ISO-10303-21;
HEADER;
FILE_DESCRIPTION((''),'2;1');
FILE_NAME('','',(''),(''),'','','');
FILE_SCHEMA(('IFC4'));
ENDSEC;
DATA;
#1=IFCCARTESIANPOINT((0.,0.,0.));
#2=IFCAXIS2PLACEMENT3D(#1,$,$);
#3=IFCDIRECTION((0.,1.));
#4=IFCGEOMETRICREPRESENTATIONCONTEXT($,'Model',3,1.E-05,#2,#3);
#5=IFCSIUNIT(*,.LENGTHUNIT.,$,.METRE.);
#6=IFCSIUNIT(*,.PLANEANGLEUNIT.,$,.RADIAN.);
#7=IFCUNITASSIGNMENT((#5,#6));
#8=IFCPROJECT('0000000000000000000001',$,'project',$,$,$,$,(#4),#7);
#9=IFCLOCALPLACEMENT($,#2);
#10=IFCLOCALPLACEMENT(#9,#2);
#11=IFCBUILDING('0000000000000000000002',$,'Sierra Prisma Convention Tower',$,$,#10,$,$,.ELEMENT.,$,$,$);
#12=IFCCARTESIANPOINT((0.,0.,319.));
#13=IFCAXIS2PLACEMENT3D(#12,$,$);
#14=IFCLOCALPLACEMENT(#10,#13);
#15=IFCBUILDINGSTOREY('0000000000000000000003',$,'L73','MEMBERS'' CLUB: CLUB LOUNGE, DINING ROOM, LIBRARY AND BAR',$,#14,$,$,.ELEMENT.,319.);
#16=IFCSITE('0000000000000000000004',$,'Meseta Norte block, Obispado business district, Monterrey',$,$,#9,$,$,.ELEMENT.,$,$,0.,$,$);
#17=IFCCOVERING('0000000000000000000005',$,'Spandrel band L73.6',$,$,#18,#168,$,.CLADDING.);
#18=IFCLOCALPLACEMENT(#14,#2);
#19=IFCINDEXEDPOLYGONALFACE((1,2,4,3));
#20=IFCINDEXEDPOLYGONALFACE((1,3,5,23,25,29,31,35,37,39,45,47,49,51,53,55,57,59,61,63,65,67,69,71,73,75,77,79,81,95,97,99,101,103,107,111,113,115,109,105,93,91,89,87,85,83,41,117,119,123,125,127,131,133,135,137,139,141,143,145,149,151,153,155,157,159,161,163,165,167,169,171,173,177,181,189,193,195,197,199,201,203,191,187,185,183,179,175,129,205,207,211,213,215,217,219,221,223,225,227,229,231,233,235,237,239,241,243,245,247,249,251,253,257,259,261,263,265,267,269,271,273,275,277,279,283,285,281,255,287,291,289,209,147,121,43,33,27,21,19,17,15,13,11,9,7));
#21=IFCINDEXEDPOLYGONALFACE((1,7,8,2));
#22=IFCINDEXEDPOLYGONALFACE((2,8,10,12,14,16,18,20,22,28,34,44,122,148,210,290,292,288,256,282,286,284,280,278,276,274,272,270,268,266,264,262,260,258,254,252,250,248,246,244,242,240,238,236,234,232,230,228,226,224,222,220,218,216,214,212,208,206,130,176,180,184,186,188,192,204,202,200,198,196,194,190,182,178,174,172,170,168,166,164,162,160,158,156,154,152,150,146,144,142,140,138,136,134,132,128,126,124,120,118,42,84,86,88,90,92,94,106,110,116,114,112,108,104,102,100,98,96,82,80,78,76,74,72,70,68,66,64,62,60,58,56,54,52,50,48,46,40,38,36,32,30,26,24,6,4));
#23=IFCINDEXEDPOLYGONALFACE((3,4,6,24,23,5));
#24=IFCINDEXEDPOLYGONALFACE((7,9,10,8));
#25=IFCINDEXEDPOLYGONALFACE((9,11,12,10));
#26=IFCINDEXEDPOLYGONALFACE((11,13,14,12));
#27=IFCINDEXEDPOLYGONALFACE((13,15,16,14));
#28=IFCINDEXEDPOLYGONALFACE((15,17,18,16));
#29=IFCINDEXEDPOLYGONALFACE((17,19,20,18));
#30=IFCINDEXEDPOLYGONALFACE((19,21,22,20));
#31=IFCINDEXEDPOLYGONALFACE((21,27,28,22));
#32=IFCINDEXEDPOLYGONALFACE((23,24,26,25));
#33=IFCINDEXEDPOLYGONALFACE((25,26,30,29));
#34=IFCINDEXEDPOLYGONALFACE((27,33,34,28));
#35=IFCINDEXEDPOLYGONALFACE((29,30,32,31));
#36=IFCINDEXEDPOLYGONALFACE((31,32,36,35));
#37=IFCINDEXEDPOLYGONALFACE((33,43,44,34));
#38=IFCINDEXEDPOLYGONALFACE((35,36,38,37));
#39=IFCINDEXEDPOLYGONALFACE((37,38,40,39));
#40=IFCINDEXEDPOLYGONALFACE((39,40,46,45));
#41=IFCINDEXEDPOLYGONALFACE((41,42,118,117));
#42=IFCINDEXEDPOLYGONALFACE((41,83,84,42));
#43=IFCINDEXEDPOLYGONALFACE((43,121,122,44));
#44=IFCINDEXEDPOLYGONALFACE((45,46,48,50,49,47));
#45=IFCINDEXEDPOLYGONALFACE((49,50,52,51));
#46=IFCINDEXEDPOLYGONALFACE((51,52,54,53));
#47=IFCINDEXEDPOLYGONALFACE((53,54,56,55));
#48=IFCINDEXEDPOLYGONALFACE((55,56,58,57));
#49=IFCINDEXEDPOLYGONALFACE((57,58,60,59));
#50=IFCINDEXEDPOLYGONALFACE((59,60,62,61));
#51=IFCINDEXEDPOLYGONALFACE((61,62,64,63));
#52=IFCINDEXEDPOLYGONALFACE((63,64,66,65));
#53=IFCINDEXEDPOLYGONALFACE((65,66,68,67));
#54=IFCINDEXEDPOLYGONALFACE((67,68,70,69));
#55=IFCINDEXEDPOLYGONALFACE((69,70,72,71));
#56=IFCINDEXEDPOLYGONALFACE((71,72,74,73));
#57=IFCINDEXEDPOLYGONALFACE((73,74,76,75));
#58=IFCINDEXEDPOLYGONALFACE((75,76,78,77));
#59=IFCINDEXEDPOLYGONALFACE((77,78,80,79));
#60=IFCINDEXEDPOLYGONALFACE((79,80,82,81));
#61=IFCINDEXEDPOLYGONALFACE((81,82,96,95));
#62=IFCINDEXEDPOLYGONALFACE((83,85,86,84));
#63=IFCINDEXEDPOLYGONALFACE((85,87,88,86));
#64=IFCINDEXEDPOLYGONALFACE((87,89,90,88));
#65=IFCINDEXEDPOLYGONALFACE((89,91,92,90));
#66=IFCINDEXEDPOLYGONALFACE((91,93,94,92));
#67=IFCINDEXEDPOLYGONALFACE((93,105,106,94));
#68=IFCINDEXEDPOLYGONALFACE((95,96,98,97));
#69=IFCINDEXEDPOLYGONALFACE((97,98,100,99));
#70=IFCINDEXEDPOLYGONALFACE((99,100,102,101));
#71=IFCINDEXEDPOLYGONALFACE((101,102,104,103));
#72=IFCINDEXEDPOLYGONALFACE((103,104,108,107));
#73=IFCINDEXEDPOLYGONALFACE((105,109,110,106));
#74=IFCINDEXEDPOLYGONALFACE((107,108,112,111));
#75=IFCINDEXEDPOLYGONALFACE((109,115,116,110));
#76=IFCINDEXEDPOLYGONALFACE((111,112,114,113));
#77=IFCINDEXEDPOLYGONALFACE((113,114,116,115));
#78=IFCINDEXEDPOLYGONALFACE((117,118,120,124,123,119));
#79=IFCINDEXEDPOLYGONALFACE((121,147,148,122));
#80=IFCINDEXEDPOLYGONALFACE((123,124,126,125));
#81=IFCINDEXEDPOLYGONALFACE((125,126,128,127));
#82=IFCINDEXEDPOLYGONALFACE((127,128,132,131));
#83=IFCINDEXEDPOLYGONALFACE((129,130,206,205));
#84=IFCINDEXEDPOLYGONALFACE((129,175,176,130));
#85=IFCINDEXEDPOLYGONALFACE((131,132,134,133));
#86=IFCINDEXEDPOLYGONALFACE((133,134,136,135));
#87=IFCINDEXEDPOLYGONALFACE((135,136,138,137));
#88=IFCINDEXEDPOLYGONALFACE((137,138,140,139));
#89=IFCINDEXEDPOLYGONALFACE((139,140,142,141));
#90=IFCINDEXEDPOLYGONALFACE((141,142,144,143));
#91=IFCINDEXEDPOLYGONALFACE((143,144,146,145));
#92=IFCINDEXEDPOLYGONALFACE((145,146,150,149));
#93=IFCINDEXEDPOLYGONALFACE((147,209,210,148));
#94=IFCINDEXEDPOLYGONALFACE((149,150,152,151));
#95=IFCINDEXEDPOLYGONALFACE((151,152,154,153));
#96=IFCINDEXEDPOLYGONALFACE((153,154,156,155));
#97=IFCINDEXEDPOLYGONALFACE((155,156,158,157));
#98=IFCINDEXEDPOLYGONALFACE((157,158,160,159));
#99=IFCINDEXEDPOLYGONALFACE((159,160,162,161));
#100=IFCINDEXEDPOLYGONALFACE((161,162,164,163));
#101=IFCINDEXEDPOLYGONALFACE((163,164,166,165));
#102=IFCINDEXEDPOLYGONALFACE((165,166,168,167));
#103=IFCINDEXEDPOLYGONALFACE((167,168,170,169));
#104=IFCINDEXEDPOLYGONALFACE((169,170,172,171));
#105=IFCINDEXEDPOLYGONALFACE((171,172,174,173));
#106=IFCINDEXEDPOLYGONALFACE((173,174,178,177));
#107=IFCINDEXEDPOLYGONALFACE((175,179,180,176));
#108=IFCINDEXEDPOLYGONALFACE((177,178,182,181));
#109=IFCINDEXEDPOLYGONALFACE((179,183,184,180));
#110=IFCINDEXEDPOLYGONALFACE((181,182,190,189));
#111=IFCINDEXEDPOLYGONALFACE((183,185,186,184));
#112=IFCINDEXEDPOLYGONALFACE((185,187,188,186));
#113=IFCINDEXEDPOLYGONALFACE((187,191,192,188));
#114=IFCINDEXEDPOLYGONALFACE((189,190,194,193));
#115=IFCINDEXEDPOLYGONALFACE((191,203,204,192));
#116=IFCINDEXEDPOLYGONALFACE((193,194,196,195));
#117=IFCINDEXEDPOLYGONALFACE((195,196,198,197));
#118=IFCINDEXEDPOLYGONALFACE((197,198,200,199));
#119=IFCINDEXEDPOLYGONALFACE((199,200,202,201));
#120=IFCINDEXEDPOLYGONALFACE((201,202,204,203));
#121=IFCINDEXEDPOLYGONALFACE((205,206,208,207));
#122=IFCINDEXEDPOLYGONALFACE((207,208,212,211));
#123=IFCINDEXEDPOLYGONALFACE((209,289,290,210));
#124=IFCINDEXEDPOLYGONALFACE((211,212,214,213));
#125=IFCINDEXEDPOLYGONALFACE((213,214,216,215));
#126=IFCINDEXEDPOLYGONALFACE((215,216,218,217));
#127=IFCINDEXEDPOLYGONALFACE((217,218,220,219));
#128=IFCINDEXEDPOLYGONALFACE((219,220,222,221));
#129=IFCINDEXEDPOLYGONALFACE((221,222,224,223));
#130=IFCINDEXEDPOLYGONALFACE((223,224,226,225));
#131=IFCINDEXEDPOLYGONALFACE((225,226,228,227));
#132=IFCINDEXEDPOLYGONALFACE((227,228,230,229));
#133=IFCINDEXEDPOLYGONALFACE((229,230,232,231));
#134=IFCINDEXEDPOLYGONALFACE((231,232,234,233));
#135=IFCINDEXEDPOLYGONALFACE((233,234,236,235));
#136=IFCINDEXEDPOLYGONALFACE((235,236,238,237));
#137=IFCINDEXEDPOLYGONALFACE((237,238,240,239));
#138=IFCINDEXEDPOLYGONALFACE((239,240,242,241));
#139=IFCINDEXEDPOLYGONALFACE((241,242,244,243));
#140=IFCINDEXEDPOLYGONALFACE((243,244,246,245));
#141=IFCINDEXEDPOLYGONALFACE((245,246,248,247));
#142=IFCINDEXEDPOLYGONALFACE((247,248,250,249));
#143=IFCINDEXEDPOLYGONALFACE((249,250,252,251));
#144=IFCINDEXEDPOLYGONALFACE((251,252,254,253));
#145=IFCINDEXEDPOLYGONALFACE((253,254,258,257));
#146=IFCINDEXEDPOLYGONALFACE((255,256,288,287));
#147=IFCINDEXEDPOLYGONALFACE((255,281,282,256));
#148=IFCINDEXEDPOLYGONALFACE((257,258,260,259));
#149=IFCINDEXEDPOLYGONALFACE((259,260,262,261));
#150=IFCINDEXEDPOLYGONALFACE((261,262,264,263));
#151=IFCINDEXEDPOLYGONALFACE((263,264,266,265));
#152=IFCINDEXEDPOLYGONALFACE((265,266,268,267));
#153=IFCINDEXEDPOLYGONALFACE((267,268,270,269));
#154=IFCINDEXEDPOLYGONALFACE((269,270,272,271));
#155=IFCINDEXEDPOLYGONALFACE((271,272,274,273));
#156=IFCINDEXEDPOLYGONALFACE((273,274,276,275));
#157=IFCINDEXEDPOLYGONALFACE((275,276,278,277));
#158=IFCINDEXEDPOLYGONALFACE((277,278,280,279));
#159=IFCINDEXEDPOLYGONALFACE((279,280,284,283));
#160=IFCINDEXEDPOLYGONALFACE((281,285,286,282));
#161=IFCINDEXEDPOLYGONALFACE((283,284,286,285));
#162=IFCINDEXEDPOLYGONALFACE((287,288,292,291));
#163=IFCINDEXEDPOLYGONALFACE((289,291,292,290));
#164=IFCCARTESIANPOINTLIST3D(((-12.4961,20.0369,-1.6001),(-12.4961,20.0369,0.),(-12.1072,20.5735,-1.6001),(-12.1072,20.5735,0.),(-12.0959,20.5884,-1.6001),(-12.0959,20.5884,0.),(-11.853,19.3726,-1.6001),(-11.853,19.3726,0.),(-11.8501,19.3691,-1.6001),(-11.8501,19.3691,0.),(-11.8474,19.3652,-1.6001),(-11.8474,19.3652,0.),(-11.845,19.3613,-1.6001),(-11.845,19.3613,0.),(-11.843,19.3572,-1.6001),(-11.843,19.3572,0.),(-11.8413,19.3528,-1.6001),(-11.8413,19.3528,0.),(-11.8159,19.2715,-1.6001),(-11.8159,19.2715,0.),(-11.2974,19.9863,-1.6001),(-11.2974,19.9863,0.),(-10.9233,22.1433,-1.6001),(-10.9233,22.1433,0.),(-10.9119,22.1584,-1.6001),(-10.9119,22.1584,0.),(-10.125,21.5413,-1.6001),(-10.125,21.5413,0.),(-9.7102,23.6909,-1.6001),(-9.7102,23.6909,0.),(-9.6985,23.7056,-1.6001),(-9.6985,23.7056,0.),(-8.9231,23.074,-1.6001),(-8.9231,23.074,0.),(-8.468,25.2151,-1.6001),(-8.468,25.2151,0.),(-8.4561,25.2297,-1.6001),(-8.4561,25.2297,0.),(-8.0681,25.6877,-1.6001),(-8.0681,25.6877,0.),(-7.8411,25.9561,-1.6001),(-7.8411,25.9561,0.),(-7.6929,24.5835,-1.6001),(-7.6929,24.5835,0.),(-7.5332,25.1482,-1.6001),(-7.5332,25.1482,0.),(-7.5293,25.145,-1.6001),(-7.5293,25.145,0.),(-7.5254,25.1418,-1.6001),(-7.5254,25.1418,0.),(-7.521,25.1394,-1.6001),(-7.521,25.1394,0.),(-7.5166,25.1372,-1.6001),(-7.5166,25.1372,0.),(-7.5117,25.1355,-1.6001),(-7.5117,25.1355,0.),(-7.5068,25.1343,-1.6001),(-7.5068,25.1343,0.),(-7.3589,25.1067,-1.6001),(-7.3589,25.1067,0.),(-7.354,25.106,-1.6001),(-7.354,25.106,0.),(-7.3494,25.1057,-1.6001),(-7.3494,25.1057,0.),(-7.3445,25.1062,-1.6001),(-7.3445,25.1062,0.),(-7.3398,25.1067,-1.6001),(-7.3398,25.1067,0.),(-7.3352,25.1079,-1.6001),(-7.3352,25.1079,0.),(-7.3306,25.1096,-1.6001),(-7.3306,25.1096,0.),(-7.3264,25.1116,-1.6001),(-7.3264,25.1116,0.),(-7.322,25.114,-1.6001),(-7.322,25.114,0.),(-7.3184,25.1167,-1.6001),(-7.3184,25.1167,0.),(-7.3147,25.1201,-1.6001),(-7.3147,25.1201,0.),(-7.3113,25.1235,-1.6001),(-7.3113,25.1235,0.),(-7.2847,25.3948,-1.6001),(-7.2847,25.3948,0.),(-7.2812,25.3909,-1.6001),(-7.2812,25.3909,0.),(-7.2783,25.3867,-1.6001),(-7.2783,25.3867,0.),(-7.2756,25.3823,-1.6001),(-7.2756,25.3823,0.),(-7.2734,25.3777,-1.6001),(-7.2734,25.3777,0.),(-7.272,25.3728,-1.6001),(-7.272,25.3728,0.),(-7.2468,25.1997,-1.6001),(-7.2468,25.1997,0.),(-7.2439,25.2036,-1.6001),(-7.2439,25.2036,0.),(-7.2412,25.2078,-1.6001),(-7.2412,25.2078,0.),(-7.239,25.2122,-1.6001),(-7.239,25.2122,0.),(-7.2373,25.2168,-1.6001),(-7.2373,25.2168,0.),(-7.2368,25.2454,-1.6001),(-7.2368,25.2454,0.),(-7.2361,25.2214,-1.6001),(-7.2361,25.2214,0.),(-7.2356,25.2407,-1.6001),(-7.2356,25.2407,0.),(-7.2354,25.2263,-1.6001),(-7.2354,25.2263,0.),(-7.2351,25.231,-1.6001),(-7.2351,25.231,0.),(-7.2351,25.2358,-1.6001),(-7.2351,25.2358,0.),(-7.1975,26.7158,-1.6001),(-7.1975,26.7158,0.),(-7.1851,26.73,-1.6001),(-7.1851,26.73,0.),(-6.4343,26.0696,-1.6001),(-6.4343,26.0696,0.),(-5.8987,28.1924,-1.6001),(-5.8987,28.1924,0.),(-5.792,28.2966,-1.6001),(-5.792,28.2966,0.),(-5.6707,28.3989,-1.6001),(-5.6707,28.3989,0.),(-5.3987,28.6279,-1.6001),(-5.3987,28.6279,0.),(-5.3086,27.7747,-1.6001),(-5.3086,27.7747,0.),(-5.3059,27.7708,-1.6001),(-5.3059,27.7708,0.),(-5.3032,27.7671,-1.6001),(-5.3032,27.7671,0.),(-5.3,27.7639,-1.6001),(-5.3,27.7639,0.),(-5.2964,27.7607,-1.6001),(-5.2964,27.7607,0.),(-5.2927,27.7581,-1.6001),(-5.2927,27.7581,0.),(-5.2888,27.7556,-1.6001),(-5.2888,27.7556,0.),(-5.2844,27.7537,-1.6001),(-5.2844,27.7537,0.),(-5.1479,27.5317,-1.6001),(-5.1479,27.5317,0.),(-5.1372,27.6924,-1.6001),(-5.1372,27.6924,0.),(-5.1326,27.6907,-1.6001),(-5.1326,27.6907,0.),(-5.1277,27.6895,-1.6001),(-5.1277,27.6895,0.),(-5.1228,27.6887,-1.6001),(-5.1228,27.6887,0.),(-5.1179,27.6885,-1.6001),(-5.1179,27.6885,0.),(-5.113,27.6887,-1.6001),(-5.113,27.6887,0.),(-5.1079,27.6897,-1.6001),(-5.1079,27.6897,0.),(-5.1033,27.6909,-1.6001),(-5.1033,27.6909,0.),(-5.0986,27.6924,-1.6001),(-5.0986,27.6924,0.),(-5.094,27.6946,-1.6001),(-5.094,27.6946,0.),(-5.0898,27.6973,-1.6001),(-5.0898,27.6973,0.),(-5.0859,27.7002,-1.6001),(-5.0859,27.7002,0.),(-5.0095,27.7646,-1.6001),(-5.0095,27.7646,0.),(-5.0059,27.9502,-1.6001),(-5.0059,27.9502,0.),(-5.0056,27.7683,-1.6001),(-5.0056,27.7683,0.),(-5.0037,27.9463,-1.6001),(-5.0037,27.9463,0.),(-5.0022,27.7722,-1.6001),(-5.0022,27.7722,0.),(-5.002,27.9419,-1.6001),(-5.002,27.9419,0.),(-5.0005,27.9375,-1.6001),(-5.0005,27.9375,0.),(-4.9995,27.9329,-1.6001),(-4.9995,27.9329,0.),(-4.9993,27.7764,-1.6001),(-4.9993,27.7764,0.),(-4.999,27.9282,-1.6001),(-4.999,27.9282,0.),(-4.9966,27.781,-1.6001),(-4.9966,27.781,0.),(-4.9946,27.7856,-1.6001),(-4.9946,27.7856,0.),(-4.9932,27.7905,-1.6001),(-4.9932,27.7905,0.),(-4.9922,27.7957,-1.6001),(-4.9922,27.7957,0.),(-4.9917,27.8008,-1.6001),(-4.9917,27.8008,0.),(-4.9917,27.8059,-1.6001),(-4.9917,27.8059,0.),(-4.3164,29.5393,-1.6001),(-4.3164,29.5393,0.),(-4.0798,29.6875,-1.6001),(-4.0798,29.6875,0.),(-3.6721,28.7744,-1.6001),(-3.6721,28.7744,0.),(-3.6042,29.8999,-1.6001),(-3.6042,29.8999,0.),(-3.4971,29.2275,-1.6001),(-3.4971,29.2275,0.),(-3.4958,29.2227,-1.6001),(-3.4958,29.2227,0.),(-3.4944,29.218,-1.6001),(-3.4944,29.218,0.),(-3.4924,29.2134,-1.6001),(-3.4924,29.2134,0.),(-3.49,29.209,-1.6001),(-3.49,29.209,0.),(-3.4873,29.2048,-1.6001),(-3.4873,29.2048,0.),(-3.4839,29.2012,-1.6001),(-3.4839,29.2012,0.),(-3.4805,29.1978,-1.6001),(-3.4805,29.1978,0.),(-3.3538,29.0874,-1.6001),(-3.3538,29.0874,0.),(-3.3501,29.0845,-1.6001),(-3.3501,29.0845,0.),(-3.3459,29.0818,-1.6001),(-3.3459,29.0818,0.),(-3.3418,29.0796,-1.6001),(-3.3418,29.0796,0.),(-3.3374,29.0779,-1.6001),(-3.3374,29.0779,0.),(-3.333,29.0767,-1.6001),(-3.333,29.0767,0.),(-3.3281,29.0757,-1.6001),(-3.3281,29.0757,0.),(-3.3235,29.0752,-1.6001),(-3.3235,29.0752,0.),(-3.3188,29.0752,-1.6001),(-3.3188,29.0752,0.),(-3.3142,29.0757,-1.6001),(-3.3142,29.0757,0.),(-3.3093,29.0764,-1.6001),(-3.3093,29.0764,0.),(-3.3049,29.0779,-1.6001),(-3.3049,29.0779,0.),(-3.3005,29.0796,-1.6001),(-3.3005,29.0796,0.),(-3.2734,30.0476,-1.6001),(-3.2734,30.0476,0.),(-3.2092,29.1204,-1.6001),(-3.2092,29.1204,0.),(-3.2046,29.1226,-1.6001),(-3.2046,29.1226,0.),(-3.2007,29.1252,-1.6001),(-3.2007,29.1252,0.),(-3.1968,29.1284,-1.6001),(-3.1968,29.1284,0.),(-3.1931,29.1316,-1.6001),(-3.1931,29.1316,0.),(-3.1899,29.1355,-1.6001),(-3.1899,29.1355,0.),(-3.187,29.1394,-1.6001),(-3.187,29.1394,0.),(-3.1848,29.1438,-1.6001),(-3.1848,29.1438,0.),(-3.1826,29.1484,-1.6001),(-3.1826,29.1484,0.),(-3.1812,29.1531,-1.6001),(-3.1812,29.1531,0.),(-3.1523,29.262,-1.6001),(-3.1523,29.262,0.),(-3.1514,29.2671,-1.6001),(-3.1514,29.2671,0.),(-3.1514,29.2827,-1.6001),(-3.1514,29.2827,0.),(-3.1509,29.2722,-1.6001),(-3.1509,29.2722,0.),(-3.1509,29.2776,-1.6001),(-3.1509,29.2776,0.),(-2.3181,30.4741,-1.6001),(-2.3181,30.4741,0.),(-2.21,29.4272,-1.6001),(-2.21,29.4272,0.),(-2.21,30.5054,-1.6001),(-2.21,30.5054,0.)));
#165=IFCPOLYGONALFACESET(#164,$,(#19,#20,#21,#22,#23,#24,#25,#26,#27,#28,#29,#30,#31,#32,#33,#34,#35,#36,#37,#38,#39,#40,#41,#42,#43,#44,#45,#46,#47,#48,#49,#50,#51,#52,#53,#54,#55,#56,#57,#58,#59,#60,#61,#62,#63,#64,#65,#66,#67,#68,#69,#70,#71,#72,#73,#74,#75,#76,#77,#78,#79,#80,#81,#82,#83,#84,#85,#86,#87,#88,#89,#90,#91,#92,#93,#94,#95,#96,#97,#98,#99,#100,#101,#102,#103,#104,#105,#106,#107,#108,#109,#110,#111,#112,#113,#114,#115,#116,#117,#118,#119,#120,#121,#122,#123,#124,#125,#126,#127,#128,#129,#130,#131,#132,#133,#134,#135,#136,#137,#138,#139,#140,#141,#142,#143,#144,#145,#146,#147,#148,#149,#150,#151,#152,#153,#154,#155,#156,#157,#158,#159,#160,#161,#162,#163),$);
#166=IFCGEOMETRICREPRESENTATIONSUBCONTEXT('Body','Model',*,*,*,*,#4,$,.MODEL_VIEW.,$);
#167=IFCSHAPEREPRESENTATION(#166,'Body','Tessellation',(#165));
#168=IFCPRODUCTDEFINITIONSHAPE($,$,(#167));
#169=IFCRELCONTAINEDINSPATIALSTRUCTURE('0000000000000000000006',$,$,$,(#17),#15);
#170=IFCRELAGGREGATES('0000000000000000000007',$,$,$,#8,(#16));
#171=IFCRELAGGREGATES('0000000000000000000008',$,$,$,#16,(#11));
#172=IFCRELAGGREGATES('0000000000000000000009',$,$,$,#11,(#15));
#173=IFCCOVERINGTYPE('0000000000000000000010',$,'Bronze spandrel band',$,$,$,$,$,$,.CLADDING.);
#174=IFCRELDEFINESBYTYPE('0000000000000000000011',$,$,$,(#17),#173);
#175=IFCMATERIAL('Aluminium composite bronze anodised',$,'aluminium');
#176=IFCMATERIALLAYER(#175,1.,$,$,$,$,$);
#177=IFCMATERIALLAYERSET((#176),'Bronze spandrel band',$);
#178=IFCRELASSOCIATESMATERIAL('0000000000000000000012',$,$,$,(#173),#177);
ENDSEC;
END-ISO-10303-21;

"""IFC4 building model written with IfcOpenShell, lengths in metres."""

from ifc_helpers import new_model, si_unit, direction, frame, origin, place, context, subcontext, project, spatial, polyline, outline, extrude, material, layer, layer_set, type_object, element, save


model = new_model("IFC4")

# Units and contexts
model_context = context("Model", 3, precision=1e-05, world=origin(), true_north=direction((0.0, 1.0)))
body_context = subcontext(model_context, "Body", "Model", "MODEL_VIEW")
ifc_project = project(units=[si_unit("LENGTHUNIT", "METRE"), si_unit("PLANEANGLEUNIT", "RADIAN")], contexts=[model_context])

# Site, building, storey
site_placement = place(None, origin())
site = spatial("IfcSite", under=ifc_project, at=site_placement, Name="Meseta Norte block, Obispado business district, Monterrey", CompositionType="ELEMENT", RefElevation=0.0)
building_placement = place(site_placement, origin())
building = spatial("IfcBuilding", under=site, at=building_placement, Name="Sierra Prisma Convention Tower", CompositionType="ELEMENT")
storey_placement = place(building_placement, frame((0.0, 0.0, 319.0)))
storey = spatial("IfcBuildingStorey", under=building, at=storey_placement, Name="L73", Description="MEMBERS' CLUB: CLUB LOUNGE, DINING ROOM, LIBRARY AND BAR", CompositionType="ELEMENT", Elevation=319.0)

# Covering
ifc_material_1 = material(Name="Aluminium composite bronze anodised", Category="aluminium")
ifc_layer_1 = layer(ifc_material_1, 1.0)
ifc_layer_set_1 = layer_set([ifc_layer_1], Name="Bronze spandrel band")
covering_type = type_object("IfcCoveringType", Name="Bronze spandrel band", PredefinedType="CLADDING", material=ifc_layer_set_1)
covering_1_placement = place(storey_placement, frame((0.0, 0.0, -1.6001)))
element("IfcCovering", 1, at=covering_1_placement, inside=storey, type_object=covering_type, Name="Spandrel band L73.6", PredefinedType="CLADDING", context=body_context, shape_type="SweptSolid", body=[
    extrude(outline(polyline([(-8.468, 25.2151), (-8.4561, 25.2297), (-8.0681, 25.6877), (-7.5332, 25.1482), (-7.5293, 25.145), (-7.5254, 25.1418), (-7.521, 25.1394), (-7.5166, 25.1372), (-7.5117, 25.1355), (-7.5068, 25.1343), (-7.3589, 25.1067), (-7.354, 25.106), (-7.3494, 25.1057), (-7.3445, 25.1062), (-7.3398, 25.1067), (-7.3352, 25.1079), (-7.3306, 25.1096), (-7.3264, 25.1116), (-7.322, 25.114), (-7.3184, 25.1167), (-7.3147, 25.1201), (-7.3113, 25.1235), (-7.2468, 25.1997), (-7.2439, 25.2036), (-7.2412, 25.2078), (-7.239, 25.2122), (-7.2373, 25.2168), (-7.2361, 25.2214), (-7.2354, 25.2263), (-7.2351, 25.231), (-7.2351, 25.2358), (-7.2356, 25.2407), (-7.2368, 25.2454), (-7.272, 25.3728), (-7.2734, 25.3777), (-7.2756, 25.3823), (-7.2783, 25.3867), (-7.2812, 25.3909), (-7.2847, 25.3948), (-7.8411, 25.9561), (-7.1975, 26.7158), (-7.1851, 26.73), (-5.8987, 28.1924), (-5.792, 28.2966), (-5.6707, 28.3989), (-5.3086, 27.7747), (-5.3059, 27.7708), (-5.3032, 27.7671), (-5.3, 27.7639), (-5.2964, 27.7607), (-5.2927, 27.7581), (-5.2888, 27.7556), (-5.2844, 27.7537), (-5.1372, 27.6924), (-5.1326, 27.6907), (-5.1277, 27.6895), (-5.1228, 27.6887), (-5.1179, 27.6885), (-5.113, 27.6887), (-5.1079, 27.6897), (-5.1033, 27.6909), (-5.0986, 27.6924), (-5.094, 27.6946), (-5.0898, 27.6973), (-5.0859, 27.7002), (-5.0095, 27.7646), (-5.0056, 27.7683), (-5.0022, 27.7722), (-4.9993, 27.7764), (-4.9966, 27.781), (-4.9946, 27.7856), (-4.9932, 27.7905), (-4.9922, 27.7957), (-4.9917, 27.8008), (-4.9917, 27.8059), (-4.999, 27.9282), (-4.9995, 27.9329), (-5.0005, 27.9375), (-5.002, 27.9419), (-5.0037, 27.9463), (-5.0059, 27.9502), (-5.3987, 28.6279), (-4.3164, 29.5393), (-4.0798, 29.6875), (-3.6042, 29.8999), (-3.4971, 29.2275), (-3.4958, 29.2227), (-3.4944, 29.218), (-3.4924, 29.2134), (-3.49, 29.209), (-3.4873, 29.2048), (-3.4839, 29.2012), (-3.4805, 29.1978), (-3.3538, 29.0874), (-3.3501, 29.0845), (-3.3459, 29.0818), (-3.3418, 29.0796), (-3.3374, 29.0779), (-3.333, 29.0767), (-3.3281, 29.0757), (-3.3235, 29.0752), (-3.3188, 29.0752), (-3.3142, 29.0757), (-3.3093, 29.0764), (-3.3049, 29.0779), (-3.3005, 29.0796), (-3.2092, 29.1204), (-3.2046, 29.1226), (-3.2007, 29.1252), (-3.1968, 29.1284), (-3.1931, 29.1316), (-3.1899, 29.1355), (-3.187, 29.1394), (-3.1848, 29.1438), (-3.1826, 29.1484), (-3.1812, 29.1531), (-3.1523, 29.262), (-3.1514, 29.2671), (-3.1509, 29.2722), (-3.1509, 29.2776), (-3.1514, 29.2827), (-3.2734, 30.0476), (-2.3181, 30.4741), (-2.21, 30.5054), (-2.21, 29.4272), (-3.6721, 28.7744), (-5.1479, 27.5317), (-6.4343, 26.0696), (-7.6929, 24.5835), (-8.9231, 23.074), (-10.125, 21.5413), (-11.2974, 19.9863), (-11.8159, 19.2715), (-11.8413, 19.3528), (-11.843, 19.3572), (-11.845, 19.3613), (-11.8474, 19.3652), (-11.8501, 19.3691), (-11.853, 19.3726), (-12.4961, 20.0369), (-12.1072, 20.5735), (-12.0959, 20.5884), (-10.9233, 22.1433), (-10.9119, 22.1584), (-9.7102, 23.6909), (-9.6985, 23.7056), (-8.468, 25.2151)])), origin(), (0.0, 0.0, 1.0), 1.6001),
])

save(model, "model.ifc")
